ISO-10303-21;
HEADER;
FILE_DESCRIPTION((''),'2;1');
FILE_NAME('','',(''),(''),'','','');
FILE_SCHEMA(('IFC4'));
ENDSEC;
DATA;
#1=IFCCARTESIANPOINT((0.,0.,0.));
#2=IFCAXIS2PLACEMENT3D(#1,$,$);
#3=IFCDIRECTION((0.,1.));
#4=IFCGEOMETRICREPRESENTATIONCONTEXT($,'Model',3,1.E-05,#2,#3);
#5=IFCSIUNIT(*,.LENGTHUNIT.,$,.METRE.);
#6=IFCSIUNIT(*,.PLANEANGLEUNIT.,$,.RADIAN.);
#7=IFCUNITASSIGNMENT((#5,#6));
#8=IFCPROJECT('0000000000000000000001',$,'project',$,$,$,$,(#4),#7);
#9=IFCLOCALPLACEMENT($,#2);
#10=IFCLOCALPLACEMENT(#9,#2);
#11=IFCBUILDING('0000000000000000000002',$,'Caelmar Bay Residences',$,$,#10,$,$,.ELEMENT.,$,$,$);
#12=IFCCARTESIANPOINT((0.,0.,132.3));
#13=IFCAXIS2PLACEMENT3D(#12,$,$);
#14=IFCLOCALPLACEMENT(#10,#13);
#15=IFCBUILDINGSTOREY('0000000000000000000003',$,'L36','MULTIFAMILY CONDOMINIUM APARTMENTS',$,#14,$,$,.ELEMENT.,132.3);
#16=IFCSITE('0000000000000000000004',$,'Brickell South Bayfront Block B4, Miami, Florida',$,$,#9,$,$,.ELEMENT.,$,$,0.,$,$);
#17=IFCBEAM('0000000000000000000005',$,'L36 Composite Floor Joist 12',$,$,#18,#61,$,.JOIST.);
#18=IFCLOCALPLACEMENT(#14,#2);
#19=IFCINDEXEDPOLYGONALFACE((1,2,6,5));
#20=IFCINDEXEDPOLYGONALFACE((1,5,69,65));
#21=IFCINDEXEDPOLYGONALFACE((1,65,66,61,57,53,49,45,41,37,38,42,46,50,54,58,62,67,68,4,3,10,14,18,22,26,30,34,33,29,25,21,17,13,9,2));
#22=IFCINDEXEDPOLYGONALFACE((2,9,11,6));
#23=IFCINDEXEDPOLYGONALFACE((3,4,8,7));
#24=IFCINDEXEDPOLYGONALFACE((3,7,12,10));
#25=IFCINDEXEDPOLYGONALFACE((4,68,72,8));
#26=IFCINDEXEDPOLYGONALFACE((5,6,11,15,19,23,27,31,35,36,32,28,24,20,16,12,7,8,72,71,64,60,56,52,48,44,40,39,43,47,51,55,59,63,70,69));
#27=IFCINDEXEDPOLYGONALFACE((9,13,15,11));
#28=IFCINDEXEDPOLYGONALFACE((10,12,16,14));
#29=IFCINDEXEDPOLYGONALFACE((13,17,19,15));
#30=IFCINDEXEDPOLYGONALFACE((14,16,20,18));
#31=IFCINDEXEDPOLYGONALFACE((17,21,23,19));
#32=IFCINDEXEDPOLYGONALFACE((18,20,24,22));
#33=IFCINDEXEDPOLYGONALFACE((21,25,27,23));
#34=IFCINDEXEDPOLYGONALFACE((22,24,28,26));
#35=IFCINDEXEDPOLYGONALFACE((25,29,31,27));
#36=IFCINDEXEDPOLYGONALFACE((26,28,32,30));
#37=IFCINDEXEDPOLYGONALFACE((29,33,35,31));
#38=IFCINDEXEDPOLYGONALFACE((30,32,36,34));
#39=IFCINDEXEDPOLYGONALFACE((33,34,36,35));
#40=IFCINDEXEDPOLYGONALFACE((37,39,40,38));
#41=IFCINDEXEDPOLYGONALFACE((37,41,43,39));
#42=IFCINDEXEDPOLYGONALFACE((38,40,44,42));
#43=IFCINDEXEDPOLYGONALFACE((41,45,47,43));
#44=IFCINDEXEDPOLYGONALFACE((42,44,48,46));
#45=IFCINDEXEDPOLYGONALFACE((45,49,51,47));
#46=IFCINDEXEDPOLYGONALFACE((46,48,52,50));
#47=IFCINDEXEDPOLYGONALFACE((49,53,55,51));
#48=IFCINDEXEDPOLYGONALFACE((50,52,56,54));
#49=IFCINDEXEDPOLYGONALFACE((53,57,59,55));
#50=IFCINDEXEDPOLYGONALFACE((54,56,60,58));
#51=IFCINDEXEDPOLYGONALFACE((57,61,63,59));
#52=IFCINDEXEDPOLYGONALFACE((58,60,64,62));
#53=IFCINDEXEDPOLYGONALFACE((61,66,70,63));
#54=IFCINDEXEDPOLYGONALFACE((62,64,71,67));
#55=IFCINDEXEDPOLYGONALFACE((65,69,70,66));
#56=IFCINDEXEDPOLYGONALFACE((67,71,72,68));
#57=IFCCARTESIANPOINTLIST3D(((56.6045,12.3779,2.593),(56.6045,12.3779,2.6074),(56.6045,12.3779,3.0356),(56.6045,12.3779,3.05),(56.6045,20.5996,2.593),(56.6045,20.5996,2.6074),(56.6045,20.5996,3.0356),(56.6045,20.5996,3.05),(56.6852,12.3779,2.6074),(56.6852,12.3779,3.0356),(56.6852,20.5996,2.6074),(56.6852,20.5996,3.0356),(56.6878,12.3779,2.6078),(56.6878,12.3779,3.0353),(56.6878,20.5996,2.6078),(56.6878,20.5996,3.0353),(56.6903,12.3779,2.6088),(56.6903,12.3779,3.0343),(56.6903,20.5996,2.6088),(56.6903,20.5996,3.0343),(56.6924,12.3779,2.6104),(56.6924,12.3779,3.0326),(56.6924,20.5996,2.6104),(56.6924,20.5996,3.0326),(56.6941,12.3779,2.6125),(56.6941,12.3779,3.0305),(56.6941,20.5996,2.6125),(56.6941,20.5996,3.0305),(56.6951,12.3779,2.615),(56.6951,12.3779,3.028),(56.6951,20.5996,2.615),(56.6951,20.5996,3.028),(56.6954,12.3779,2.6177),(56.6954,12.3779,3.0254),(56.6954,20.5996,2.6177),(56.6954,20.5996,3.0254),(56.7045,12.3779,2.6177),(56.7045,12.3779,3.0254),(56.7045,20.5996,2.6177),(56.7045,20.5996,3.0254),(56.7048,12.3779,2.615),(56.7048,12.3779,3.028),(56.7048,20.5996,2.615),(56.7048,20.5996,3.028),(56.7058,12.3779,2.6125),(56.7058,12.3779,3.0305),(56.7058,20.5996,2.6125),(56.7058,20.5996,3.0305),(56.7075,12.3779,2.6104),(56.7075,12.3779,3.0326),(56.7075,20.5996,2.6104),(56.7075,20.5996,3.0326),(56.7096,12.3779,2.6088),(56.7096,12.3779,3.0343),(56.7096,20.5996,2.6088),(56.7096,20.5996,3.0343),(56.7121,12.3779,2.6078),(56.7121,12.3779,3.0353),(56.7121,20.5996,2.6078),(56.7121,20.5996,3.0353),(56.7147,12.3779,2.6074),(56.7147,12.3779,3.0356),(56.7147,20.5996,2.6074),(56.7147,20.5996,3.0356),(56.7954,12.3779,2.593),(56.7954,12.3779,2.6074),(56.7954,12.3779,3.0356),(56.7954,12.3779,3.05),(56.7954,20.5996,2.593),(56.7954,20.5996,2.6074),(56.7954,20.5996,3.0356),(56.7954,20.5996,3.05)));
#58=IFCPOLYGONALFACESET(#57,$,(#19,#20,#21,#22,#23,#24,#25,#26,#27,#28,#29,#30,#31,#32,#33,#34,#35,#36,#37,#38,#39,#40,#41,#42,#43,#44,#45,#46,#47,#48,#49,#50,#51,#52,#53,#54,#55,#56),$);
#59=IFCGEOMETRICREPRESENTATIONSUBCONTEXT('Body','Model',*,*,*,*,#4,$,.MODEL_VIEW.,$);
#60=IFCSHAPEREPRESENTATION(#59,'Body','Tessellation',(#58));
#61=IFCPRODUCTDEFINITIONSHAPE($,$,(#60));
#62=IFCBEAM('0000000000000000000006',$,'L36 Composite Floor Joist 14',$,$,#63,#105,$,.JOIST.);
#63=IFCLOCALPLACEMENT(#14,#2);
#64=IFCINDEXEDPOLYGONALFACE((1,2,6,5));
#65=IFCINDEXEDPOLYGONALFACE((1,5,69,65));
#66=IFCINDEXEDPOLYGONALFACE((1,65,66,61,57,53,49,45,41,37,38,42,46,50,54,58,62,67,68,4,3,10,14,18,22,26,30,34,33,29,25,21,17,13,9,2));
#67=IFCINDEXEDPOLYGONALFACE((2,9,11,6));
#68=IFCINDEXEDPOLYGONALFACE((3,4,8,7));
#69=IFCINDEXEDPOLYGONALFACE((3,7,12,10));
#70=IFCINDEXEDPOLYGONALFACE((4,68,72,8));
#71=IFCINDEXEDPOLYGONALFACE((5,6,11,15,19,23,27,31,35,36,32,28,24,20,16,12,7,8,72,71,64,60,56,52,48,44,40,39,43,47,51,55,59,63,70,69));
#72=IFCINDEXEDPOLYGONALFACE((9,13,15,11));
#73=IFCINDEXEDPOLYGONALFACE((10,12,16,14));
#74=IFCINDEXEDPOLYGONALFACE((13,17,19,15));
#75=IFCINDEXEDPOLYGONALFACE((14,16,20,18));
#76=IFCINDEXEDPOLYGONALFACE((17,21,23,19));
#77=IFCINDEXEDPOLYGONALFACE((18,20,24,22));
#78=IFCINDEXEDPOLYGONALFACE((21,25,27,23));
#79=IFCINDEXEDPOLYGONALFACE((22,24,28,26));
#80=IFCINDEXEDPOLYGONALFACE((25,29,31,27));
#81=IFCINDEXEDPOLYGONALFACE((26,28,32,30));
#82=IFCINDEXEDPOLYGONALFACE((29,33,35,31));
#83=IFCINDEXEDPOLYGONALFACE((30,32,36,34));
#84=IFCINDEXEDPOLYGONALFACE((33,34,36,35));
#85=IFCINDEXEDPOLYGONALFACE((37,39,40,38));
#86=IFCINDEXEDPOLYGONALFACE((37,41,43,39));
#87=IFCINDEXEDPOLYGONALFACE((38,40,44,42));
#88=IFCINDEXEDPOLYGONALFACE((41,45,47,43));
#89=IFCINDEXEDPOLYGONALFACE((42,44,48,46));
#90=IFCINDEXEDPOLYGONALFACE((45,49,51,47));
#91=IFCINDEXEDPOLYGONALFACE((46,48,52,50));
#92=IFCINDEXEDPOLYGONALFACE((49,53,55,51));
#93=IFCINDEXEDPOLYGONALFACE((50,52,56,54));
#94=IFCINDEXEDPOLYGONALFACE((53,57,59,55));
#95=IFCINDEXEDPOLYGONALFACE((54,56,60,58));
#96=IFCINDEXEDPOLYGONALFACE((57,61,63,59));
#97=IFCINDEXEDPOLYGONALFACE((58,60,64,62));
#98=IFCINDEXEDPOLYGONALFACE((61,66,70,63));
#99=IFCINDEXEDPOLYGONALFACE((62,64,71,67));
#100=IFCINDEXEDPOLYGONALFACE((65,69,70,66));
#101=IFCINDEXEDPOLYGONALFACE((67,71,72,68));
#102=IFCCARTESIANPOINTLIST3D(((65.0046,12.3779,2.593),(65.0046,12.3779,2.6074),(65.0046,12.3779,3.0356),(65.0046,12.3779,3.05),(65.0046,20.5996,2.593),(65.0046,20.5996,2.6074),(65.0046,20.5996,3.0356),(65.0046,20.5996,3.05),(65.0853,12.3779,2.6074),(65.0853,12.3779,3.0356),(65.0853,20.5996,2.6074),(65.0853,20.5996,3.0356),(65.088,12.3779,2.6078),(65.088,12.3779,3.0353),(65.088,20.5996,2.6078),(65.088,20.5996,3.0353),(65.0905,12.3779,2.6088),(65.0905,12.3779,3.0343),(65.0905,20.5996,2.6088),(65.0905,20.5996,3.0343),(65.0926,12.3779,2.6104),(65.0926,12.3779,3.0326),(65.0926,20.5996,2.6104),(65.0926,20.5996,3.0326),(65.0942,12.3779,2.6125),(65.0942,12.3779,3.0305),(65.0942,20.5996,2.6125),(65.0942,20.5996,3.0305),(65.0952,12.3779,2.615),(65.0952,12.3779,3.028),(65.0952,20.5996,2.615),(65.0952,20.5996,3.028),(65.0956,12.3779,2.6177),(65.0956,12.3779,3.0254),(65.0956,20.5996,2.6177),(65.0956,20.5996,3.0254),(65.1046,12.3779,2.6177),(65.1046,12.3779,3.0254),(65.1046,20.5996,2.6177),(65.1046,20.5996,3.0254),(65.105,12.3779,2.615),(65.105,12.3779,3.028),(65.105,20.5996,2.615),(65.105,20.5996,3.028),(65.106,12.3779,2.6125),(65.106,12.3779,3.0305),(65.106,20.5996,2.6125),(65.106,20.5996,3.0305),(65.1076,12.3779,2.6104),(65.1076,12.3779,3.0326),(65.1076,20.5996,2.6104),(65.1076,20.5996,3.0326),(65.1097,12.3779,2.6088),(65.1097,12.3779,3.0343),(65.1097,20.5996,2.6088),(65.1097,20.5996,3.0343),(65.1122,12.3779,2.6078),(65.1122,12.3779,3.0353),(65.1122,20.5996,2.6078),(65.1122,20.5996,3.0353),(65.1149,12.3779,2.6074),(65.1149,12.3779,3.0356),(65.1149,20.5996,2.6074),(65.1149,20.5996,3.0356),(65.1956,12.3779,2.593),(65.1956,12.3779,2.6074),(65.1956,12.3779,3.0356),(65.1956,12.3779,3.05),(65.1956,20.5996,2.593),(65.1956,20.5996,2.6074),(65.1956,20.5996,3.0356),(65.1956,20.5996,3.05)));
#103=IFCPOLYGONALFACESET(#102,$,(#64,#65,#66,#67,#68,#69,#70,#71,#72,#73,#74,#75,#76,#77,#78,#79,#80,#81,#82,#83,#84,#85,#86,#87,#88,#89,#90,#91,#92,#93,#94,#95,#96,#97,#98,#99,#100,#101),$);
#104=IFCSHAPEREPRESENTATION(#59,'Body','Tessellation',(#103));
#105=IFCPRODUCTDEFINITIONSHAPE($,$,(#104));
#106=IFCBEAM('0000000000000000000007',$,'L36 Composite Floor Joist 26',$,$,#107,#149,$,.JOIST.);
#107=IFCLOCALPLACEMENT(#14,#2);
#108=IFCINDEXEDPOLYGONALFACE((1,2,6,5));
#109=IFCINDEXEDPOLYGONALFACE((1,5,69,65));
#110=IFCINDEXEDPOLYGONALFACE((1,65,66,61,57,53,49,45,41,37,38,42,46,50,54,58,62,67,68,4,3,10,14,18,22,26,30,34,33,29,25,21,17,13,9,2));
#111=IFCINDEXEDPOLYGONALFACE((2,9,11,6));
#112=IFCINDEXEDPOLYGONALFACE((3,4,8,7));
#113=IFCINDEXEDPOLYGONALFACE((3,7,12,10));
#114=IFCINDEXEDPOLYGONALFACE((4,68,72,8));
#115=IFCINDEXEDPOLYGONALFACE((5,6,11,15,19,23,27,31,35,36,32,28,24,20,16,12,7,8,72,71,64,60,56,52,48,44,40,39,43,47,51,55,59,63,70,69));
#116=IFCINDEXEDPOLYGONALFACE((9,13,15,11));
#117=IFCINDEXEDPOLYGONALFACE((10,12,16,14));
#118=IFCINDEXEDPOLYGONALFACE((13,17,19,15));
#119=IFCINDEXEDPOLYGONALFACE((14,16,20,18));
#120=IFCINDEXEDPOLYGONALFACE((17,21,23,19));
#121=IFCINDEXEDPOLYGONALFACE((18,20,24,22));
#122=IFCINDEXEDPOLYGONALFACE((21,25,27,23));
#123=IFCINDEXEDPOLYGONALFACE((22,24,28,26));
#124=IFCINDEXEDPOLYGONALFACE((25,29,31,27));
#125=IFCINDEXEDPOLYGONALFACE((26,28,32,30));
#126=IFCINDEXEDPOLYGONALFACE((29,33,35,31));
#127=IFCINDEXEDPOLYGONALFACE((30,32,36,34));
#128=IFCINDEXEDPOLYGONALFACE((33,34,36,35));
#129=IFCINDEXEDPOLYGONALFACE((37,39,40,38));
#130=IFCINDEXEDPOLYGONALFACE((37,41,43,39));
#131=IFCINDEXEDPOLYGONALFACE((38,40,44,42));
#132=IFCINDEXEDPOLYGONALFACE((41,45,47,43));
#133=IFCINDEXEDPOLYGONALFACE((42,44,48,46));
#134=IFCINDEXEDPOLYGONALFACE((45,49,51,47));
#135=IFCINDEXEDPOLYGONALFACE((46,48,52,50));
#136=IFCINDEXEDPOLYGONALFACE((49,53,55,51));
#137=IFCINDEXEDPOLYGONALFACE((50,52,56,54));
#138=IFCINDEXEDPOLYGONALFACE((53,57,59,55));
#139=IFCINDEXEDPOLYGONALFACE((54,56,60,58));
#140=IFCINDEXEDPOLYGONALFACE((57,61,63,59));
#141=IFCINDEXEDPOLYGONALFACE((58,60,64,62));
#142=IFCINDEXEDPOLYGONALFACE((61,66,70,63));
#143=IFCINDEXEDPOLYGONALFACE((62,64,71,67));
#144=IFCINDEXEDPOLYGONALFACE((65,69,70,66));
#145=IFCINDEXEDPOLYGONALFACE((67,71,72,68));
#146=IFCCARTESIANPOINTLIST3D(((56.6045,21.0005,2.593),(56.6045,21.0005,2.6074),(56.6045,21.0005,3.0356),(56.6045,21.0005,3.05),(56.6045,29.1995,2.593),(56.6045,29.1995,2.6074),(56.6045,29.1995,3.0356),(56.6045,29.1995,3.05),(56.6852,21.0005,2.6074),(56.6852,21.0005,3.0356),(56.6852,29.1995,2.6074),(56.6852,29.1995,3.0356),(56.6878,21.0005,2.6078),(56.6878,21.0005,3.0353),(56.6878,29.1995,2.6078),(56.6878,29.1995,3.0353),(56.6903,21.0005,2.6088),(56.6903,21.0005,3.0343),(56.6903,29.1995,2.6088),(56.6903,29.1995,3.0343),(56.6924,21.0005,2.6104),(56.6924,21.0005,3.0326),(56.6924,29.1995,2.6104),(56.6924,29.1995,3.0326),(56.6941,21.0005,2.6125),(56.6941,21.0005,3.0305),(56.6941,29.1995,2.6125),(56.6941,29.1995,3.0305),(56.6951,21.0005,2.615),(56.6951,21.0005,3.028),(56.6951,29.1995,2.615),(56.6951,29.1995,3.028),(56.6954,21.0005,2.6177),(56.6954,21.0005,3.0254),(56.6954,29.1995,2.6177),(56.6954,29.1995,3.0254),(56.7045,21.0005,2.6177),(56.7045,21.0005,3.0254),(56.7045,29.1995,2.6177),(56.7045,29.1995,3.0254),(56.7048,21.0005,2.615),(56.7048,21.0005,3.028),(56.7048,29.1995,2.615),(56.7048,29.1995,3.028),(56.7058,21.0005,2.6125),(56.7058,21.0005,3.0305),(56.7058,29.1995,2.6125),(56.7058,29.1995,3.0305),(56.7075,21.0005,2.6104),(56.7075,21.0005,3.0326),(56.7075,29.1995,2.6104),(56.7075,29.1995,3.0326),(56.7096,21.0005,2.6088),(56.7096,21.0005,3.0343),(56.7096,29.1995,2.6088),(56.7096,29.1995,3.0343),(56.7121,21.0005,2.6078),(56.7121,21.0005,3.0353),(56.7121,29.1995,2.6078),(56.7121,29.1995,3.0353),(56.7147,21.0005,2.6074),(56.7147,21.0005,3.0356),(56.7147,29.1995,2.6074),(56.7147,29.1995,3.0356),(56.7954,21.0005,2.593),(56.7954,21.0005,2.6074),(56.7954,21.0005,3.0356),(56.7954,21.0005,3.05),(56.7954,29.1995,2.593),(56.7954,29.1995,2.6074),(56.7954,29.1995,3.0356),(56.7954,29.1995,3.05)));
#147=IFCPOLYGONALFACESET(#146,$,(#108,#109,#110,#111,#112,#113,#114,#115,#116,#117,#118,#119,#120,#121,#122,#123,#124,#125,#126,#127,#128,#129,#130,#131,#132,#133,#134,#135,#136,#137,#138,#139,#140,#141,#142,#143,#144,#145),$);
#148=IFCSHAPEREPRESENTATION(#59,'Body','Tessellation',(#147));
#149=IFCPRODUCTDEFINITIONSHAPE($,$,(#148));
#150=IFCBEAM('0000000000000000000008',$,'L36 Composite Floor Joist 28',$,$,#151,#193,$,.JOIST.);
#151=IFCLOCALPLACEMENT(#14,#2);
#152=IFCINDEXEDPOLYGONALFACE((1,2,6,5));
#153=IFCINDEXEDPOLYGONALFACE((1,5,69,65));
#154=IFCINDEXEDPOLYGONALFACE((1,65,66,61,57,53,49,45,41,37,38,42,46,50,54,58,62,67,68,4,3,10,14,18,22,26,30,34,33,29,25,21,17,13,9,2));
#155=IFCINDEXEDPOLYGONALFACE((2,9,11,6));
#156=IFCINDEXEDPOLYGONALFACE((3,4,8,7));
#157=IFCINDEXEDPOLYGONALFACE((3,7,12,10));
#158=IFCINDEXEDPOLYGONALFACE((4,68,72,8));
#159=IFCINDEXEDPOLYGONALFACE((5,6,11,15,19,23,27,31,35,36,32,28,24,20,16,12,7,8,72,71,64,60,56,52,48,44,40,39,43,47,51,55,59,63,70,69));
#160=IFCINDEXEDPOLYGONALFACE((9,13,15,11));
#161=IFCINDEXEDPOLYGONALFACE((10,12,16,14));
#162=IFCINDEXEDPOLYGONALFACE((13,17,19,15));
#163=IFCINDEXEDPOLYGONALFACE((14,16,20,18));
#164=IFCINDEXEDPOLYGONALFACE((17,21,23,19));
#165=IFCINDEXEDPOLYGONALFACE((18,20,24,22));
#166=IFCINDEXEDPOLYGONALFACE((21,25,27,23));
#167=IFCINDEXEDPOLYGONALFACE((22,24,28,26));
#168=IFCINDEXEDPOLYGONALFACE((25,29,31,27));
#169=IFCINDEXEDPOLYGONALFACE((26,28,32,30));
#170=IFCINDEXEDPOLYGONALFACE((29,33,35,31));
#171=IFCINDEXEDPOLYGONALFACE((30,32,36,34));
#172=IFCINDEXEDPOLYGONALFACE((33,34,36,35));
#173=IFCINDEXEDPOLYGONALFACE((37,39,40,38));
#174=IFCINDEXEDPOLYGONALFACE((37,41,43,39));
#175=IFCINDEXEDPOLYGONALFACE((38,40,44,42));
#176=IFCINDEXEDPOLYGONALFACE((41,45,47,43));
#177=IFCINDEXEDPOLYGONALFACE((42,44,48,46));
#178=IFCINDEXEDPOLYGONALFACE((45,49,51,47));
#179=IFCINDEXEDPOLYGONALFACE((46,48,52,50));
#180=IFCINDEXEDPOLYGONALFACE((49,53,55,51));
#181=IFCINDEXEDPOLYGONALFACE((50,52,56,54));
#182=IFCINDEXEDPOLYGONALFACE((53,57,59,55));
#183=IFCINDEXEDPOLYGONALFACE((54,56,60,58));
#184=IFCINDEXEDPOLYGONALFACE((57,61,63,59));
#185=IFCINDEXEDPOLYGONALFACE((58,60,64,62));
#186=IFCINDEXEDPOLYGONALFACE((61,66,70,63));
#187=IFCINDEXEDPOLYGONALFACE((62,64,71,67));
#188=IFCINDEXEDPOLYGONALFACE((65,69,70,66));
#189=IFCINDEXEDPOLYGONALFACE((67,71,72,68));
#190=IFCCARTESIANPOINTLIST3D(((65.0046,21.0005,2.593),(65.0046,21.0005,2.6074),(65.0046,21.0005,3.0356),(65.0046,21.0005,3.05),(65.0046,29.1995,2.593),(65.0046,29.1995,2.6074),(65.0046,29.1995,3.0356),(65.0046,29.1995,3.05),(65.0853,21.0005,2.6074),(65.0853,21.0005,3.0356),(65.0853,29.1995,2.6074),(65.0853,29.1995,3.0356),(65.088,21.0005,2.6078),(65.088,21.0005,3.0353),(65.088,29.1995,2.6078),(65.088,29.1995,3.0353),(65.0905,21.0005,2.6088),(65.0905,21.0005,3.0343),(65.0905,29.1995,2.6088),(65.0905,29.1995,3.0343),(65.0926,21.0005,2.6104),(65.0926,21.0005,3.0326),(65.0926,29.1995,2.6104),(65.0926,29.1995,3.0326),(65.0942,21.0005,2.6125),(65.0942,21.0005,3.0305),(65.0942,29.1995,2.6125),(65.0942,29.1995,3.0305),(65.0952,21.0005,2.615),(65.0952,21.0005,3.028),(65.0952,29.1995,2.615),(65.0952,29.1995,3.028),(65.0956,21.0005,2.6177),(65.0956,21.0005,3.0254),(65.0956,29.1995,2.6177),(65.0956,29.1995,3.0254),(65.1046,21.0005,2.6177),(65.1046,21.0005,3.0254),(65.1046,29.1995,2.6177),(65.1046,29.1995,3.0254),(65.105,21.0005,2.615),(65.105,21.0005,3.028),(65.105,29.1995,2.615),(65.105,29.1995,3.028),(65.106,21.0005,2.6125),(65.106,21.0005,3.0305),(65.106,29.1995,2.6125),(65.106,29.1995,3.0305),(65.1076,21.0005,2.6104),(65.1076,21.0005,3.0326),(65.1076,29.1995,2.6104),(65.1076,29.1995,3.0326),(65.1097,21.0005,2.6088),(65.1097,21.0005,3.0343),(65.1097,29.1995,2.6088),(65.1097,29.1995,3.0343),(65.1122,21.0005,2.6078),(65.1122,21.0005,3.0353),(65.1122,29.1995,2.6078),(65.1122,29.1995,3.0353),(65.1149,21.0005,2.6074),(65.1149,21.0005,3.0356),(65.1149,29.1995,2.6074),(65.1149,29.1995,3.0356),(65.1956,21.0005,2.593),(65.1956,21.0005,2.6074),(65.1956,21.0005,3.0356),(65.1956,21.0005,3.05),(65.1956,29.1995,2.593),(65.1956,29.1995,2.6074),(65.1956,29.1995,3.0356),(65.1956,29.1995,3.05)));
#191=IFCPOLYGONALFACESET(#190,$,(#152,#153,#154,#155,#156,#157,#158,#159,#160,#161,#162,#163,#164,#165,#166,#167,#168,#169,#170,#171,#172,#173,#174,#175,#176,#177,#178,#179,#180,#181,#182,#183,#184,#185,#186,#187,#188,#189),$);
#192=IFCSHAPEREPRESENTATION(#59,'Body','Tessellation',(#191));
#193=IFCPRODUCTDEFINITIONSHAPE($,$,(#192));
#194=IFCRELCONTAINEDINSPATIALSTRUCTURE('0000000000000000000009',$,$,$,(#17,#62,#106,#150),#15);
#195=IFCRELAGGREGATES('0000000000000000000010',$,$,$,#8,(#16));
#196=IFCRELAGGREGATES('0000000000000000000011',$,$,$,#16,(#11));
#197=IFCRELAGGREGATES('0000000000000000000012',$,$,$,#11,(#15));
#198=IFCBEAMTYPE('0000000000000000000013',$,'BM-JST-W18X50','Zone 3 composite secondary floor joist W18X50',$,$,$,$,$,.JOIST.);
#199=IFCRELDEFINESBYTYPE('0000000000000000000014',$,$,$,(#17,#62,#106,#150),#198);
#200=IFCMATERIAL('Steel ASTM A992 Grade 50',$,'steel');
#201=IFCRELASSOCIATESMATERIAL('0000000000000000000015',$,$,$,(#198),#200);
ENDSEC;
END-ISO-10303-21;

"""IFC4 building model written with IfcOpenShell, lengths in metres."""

from ifc_helpers import new_model, si_unit, direction, frame, origin, origin_2d, place, context, subcontext, project, spatial, i_section, extrude, material, material_profile, profile_set, type_object, element, save


model = new_model("IFC4")

# Units and contexts
model_context = context("Model", 3, precision=1e-05, world=origin(), true_north=direction((0.0, 1.0)))
body_context = subcontext(model_context, "Body", "Model", "MODEL_VIEW")
ifc_project = project(units=[si_unit("LENGTHUNIT", "METRE"), si_unit("PLANEANGLEUNIT", "RADIAN")], contexts=[model_context])

# Site, building, storey
site_placement = place(None, origin())
site = spatial("IfcSite", under=ifc_project, at=site_placement, Name="Brickell South Bayfront Block B4, Miami, Florida", CompositionType="ELEMENT", RefElevation=0.0)
building_placement = place(site_placement, origin())
building = spatial("IfcBuilding", under=site, at=building_placement, Name="Caelmar Bay Residences", CompositionType="ELEMENT")
storey_placement = place(building_placement, frame((0.0, 0.0, 132.3)))
storey = spatial("IfcBuildingStorey", under=building, at=storey_placement, Name="L36", Description="MULTIFAMILY CONDOMINIUM APARTMENTS", CompositionType="ELEMENT", Elevation=132.3)

# Beams
ifc_material_1 = material(Name="Steel ASTM A992 Grade 50", Category="steel")
ifc_material_profile_1 = material_profile(ifc_material_1, i_section(OverallWidth=0.1909, OverallDepth=0.457, WebThickness=0.009, FlangeThickness=0.0144, FilletRadius=0.0103, at=origin_2d()), Name="W18X50")
ifc_profile_set_1 = profile_set([ifc_material_profile_1], Name="Steel ASTM A992 Grade 50")
beam_type_1 = type_object("IfcBeamType", Name="BM-JST-W18X50", Description="Zone 3 composite secondary floor joist W18X50", PredefinedType="JOIST", material=ifc_profile_set_1)
for number, where, z_axis, x_axis, name in (
    (1, (56.7, 12.3779, 2.8215), (0.0, 1.0, 0.0), (-1.0, 0.0, 0.0), "L36 Composite Floor Joist 12"),
    (2, (65.1001, 12.3779, 2.8215), (0.0, 1.0, 0.0), (-1.0, 0.0, 0.0), "L36 Composite Floor Joist 14"),
):
    element("IfcBeam", number, at=place(storey_placement, frame(where, z_axis=z_axis, x_axis=x_axis)), inside=storey, type_object=beam_type_1, Name=name, PredefinedType="JOIST", context=body_context, shape_type="SweptSolid", body=[
        extrude(i_section(OverallWidth=0.1909, OverallDepth=0.457, WebThickness=0.009, FlangeThickness=0.0144, FilletRadius=0.0103, at=origin_2d()), origin(), (0.0, 0.0, 1.0), 8.2217),
    ])
for number, where, z_axis, x_axis, name in (
    (3, (56.7, 21.0005, 2.8215), (0.0, 1.0, 0.0), (-1.0, 0.0, 0.0), "L36 Composite Floor Joist 26"),
    (4, (65.1001, 21.0005, 2.8215), (0.0, 1.0, 0.0), (-1.0, 0.0, 0.0), "L36 Composite Floor Joist 28"),
):
    element("IfcBeam", number, at=place(storey_placement, frame(where, z_axis=z_axis, x_axis=x_axis)), inside=storey, type_object=beam_type_1, Name=name, PredefinedType="JOIST", context=body_context, shape_type="SweptSolid", body=[
        extrude(i_section(OverallWidth=0.1909, OverallDepth=0.457, WebThickness=0.009, FlangeThickness=0.0144, FilletRadius=0.0103, at=origin_2d()), origin(), (0.0, 0.0, 1.0), 8.199),
    ])

save(model, "model.ifc")
